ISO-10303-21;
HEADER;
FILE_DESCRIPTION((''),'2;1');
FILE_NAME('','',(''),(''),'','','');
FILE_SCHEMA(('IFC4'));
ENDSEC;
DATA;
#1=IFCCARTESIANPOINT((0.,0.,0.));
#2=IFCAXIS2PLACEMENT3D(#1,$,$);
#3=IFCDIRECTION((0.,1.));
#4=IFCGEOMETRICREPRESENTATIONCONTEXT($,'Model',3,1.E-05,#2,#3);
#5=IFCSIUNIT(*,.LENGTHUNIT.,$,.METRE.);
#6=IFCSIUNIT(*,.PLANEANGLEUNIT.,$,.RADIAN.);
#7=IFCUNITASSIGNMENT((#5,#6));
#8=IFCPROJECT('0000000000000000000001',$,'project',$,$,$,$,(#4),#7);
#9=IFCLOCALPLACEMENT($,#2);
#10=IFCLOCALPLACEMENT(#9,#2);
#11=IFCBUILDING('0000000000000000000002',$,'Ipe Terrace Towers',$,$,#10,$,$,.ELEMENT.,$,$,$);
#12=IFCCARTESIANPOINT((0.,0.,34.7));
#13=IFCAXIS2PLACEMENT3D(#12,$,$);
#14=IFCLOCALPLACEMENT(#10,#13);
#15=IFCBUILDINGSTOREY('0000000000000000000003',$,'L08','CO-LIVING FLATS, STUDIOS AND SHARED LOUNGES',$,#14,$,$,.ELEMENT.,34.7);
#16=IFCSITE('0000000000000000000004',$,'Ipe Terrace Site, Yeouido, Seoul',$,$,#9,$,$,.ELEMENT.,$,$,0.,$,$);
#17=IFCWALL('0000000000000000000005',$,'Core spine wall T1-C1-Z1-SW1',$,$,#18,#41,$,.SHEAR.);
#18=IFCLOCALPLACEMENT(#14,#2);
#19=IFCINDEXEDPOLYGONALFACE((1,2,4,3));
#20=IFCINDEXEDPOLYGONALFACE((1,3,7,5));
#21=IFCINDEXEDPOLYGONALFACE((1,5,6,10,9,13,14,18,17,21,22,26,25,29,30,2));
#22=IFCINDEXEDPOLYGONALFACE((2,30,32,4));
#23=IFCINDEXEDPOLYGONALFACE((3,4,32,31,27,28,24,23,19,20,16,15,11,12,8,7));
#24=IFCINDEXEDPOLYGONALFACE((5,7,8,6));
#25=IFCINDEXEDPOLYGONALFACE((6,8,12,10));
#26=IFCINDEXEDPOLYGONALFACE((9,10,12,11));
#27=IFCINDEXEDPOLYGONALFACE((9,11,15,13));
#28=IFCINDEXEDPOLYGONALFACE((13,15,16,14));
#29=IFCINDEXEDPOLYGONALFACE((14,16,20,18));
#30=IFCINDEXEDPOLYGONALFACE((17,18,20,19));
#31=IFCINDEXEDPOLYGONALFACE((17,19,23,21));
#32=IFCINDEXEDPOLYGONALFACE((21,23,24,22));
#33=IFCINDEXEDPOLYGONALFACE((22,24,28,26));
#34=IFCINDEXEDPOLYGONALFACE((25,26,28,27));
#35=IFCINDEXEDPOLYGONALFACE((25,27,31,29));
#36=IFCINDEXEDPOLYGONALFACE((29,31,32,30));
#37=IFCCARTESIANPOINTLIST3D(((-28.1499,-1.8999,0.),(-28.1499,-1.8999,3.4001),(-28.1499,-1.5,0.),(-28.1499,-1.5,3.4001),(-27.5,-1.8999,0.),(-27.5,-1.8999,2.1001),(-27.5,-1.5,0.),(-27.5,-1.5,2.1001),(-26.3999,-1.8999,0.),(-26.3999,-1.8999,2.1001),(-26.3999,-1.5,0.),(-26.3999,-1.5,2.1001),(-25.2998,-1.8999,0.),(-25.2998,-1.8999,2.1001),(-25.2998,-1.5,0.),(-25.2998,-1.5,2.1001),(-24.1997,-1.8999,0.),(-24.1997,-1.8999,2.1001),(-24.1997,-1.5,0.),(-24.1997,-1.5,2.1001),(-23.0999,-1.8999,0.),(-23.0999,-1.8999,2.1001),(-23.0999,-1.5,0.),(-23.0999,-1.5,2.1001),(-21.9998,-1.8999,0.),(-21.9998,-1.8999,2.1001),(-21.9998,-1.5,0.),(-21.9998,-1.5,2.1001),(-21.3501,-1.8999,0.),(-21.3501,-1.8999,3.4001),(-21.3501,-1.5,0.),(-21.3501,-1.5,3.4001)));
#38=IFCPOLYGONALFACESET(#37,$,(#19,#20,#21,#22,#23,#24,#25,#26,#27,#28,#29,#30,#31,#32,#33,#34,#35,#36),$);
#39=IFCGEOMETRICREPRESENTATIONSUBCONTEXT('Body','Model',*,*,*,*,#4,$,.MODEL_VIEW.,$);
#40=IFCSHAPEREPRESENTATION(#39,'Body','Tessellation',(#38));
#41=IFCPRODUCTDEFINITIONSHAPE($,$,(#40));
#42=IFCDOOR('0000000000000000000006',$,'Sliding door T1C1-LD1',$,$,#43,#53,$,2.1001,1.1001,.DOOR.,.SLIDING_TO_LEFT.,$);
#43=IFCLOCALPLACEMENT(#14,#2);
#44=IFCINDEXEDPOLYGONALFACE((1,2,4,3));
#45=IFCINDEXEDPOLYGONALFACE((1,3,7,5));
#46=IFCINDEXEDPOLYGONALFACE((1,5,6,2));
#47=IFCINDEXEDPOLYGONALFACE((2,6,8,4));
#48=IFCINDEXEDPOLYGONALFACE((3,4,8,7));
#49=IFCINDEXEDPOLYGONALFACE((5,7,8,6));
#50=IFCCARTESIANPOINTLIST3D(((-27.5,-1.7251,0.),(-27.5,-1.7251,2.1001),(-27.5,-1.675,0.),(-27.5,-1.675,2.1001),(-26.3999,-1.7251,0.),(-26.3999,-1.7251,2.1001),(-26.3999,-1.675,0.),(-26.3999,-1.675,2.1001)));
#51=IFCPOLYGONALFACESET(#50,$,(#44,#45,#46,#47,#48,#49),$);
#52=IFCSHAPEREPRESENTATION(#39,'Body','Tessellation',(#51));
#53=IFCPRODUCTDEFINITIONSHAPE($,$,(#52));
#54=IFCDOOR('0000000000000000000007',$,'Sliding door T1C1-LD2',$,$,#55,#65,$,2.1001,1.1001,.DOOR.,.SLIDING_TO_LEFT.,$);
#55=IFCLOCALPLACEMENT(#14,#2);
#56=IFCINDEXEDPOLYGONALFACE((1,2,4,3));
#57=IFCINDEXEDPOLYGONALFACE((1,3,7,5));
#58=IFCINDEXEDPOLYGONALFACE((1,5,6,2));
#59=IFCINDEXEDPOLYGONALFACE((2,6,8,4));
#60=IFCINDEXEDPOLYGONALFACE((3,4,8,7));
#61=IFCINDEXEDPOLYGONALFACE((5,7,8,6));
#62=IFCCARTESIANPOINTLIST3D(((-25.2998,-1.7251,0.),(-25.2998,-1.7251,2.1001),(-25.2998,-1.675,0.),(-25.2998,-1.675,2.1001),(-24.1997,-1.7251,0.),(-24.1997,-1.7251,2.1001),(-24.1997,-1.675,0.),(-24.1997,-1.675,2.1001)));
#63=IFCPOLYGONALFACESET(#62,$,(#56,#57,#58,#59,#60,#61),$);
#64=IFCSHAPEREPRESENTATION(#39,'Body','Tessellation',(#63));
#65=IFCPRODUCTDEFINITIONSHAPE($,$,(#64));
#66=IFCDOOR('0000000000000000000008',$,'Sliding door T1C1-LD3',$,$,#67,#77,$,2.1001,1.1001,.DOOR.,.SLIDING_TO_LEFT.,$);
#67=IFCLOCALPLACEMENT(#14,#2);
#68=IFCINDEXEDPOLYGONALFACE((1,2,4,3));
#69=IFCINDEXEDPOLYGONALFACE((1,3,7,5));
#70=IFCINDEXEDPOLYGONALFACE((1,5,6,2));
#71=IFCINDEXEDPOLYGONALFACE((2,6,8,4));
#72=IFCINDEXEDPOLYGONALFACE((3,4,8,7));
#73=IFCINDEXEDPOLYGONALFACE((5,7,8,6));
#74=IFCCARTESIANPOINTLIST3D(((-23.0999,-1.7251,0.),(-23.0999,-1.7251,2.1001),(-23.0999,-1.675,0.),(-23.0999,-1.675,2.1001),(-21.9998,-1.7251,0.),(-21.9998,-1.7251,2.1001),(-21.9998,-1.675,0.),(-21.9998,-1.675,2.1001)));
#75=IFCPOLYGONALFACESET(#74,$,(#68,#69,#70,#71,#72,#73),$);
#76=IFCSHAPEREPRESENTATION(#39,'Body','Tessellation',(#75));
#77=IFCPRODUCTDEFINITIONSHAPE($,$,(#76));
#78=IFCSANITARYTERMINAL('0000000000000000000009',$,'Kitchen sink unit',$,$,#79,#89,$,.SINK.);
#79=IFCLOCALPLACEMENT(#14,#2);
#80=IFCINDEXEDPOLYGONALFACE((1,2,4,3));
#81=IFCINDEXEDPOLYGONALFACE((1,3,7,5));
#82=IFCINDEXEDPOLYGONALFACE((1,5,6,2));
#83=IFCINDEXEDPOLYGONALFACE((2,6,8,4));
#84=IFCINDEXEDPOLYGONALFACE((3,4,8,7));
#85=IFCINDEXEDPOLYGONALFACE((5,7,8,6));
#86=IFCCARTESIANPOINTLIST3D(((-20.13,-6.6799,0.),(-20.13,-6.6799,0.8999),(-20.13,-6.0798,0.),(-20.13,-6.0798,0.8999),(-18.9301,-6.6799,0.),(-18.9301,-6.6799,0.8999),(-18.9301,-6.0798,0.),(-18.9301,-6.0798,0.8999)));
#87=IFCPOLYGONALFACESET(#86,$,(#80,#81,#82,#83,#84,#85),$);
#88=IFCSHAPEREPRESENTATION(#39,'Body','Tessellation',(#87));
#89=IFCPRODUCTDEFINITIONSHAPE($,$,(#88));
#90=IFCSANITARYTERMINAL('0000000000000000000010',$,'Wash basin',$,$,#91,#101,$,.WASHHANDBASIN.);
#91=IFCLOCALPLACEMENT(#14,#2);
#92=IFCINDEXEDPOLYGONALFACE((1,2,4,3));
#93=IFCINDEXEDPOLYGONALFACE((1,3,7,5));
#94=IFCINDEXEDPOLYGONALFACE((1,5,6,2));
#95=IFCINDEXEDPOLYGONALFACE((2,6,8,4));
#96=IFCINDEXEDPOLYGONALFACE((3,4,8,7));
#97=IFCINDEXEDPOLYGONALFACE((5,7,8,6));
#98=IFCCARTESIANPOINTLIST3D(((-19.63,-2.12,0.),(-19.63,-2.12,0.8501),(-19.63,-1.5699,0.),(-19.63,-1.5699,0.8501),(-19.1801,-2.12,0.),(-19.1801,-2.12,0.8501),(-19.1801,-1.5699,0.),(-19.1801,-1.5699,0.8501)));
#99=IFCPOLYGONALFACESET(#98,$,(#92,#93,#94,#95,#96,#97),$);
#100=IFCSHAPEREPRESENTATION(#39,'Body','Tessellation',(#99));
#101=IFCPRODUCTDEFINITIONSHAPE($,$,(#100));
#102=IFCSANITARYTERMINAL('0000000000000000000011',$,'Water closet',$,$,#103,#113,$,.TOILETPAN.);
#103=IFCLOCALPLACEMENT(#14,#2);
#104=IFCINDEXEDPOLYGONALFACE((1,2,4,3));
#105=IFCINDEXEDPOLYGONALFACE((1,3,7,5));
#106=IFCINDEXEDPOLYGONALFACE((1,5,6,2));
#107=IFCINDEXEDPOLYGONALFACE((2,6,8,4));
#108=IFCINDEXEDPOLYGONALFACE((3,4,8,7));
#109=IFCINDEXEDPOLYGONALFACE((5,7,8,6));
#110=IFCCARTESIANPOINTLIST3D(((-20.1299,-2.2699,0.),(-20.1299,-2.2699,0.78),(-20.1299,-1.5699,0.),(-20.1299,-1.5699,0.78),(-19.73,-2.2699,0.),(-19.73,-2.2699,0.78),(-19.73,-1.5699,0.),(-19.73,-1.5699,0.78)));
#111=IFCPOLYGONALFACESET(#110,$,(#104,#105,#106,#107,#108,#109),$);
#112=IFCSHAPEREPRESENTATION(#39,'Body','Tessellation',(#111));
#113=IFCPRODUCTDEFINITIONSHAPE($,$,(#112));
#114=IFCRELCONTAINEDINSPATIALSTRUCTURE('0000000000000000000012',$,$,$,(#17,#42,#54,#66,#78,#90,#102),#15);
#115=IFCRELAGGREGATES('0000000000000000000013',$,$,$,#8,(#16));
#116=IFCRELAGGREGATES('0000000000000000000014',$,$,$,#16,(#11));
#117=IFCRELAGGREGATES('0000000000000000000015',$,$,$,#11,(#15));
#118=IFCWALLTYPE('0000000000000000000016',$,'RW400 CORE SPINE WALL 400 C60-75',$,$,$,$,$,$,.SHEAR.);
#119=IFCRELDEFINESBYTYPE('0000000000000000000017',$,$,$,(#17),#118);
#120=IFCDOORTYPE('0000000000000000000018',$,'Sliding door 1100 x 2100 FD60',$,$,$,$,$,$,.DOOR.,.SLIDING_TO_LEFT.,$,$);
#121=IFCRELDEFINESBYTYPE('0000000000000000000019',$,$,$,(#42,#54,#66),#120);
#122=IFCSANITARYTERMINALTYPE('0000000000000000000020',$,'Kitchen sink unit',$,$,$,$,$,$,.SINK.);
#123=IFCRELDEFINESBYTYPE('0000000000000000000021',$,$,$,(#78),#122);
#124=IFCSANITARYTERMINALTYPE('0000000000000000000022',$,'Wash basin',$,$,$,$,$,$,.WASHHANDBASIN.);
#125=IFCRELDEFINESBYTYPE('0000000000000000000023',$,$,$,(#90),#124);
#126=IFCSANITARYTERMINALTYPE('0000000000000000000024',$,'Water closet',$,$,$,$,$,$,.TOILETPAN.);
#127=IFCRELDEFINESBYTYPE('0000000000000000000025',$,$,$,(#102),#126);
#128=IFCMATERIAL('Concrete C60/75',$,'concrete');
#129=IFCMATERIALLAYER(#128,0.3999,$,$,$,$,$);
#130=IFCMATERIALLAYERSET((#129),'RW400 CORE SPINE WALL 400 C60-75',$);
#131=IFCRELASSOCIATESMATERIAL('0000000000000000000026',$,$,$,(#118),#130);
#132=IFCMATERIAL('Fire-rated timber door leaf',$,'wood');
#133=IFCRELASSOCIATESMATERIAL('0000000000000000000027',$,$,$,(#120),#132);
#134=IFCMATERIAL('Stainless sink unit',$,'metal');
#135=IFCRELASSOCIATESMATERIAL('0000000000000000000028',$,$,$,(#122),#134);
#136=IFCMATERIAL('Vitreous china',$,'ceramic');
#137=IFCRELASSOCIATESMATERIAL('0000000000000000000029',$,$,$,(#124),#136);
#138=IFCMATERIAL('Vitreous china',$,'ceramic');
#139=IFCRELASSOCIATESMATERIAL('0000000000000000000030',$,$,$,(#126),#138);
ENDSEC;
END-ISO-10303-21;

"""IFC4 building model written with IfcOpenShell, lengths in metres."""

from ifc_helpers import new_model, si_unit, direction, frame, frame_2d, origin, origin_2d, place, context, subcontext, project, spatial, rectangle, extrude, material, layer, layer_set, type_object, element, fill, save


model = new_model("IFC4")

# Units and contexts
model_context = context("Model", 3, precision=1e-05, world=origin(), true_north=direction((0.0, 1.0)))
body_context = subcontext(model_context, "Body", "Model", "MODEL_VIEW")
ifc_project = project(units=[si_unit("LENGTHUNIT", "METRE"), si_unit("PLANEANGLEUNIT", "RADIAN")], contexts=[model_context])

# Site, building, storey
site_placement = place(None, origin())
site = spatial("IfcSite", under=ifc_project, at=site_placement, Name="Ipe Terrace Site, Yeouido, Seoul", CompositionType="ELEMENT", RefElevation=0.0)
building_placement = place(site_placement, origin())
building = spatial("IfcBuilding", under=site, at=building_placement, Name="Ipe Terrace Towers", CompositionType="ELEMENT")
storey_placement = place(building_placement, frame((0.0, 0.0, 34.7)))
storey = spatial("IfcBuildingStorey", under=building, at=storey_placement, Name="L08", Description="CO-LIVING FLATS, STUDIOS AND SHARED LOUNGES", CompositionType="ELEMENT", Elevation=34.7)

# Wall, openings, doors
ifc_material_1 = material(Name="Concrete C60/75", Category="concrete")
ifc_layer_1 = layer(ifc_material_1, 0.3999)
ifc_layer_set_1 = layer_set([ifc_layer_1], Name="RW400 CORE SPINE WALL 400 C60-75")
wall_type_1 = type_object("IfcWallType", Name="RW400 CORE SPINE WALL 400 C60-75", PredefinedType="SHEAR", material=ifc_layer_set_1)
wall_1_placement = place(storey_placement, frame((-28.1499, -1.7, 0.0), z_axis=(0.0, 0.0, 1.0), x_axis=(1.0, 0.0, 0.0)))
wall_1 = element("IfcWall", 1, at=wall_1_placement, inside=storey, type_object=wall_type_1, Name="Core spine wall T1-C1-Z1-SW1", PredefinedType="SHEAR", context=body_context, shape_type="SweptSolid", body=[
    extrude(rectangle(XDim=6.7998, YDim=0.3999, at=frame_2d((3.3999, 0.0))), origin(), (0.0, 0.0, 1.0), 3.4001),
])
opening_1_placement = place(wall_1_placement, frame((0.6499, 0.0, 0.0)))
opening_1 = element("IfcOpeningElement", 2, at=opening_1_placement, cuts=wall_1, PredefinedType="OPENING", context=body_context, shape_type="SweptSolid", body=[
    extrude(rectangle(XDim=1.1001, YDim=2.1001, at=frame_2d((0.55, 1.05))), frame((0.0, 0.21, 0.0), z_axis=(0.0, -1.0, 0.0), x_axis=(1.0, 0.0, 0.0)), (0.0, 0.0, 1.0), 0.4199),
])
opening_2_placement = place(wall_1_placement, frame((2.8501, 0.0, 0.0)))
opening_2 = element("IfcOpeningElement", 3, at=opening_2_placement, cuts=wall_1, PredefinedType="OPENING", context=body_context, shape_type="SweptSolid", body=[
    extrude(rectangle(XDim=1.1001, YDim=2.1001, at=frame_2d((0.55, 1.05))), frame((0.0, 0.21, 0.0), z_axis=(0.0, -1.0, 0.0), x_axis=(1.0, 0.0, 0.0)), (0.0, 0.0, 1.0), 0.4199),
])
opening_3_placement = place(wall_1_placement, frame((5.05, 0.0, 0.0)))
opening_3 = element("IfcOpeningElement", 4, at=opening_3_placement, cuts=wall_1, PredefinedType="OPENING", context=body_context, shape_type="SweptSolid", body=[
    extrude(rectangle(XDim=1.1001, YDim=2.1001, at=frame_2d((0.55, 1.05))), frame((0.0, 0.21, 0.0), z_axis=(0.0, -1.0, 0.0), x_axis=(1.0, 0.0, 0.0)), (0.0, 0.0, 1.0), 0.4199),
])
ifc_material_2 = material(Name="Fire-rated timber door leaf", Category="wood")
door_type_1 = type_object("IfcDoorType", Name="Sliding door 1100 x 2100 FD60", OperationType="SLIDING_TO_LEFT", PredefinedType="DOOR", material=ifc_material_2)
door_1_placement = place(opening_1_placement, origin())
door_1 = element("IfcDoor", 5, at=door_1_placement, inside=storey, type_object=door_type_1, Name="Sliding door T1C1-LD1", OperationType="SLIDING_TO_LEFT", OverallHeight=2.1001, OverallWidth=1.1001, PredefinedType="DOOR", context=body_context, shape_type="SweptSolid", body=[
    extrude(rectangle(XDim=1.1001, YDim=2.1001, at=frame_2d((0.55, 1.05))), frame((0.0, 0.0249, 0.0), z_axis=(0.0, -1.0, 0.0), x_axis=(1.0, 0.0, 0.0)), (0.0, 0.0, 1.0), 0.05),
])
fill(opening_1, door_1)
door_2_placement = place(opening_2_placement, origin())
door_2 = element("IfcDoor", 6, at=door_2_placement, inside=storey, type_object=door_type_1, Name="Sliding door T1C1-LD2", OperationType="SLIDING_TO_LEFT", OverallHeight=2.1001, OverallWidth=1.1001, PredefinedType="DOOR", context=body_context, shape_type="SweptSolid", body=[
    extrude(rectangle(XDim=1.1001, YDim=2.1001, at=frame_2d((0.55, 1.05))), frame((0.0, 0.0249, 0.0), z_axis=(0.0, -1.0, 0.0), x_axis=(1.0, 0.0, 0.0)), (0.0, 0.0, 1.0), 0.05),
])
fill(opening_2, door_2)
door_3_placement = place(opening_3_placement, origin())
door_3 = element("IfcDoor", 7, at=door_3_placement, inside=storey, type_object=door_type_1, Name="Sliding door T1C1-LD3", OperationType="SLIDING_TO_LEFT", OverallHeight=2.1001, OverallWidth=1.1001, PredefinedType="DOOR", context=body_context, shape_type="SweptSolid", body=[
    extrude(rectangle(XDim=1.1001, YDim=2.1001, at=frame_2d((0.55, 1.05))), frame((0.0, 0.0249, 0.0), z_axis=(0.0, -1.0, 0.0), x_axis=(1.0, 0.0, 0.0)), (0.0, 0.0, 1.0), 0.05),
])
fill(opening_3, door_3)

# Sanitary terminals
ifc_material_3 = material(Name="Stainless sink unit", Category="metal")
sanitary_terminal_type_1 = type_object("IfcSanitaryTerminalType", Name="Kitchen sink unit", PredefinedType="SINK", material=ifc_material_3)
sanitary_terminal_1_placement = place(storey_placement, frame((-19.53, -6.3799, 0.0), z_axis=(0.0, 0.0, 1.0), x_axis=(-1.0, 0.0, 0.0)))
element("IfcSanitaryTerminal", 8, at=sanitary_terminal_1_placement, inside=storey, type_object=sanitary_terminal_type_1, Name="Kitchen sink unit", PredefinedType="SINK", context=body_context, shape_type="SweptSolid", body=[
    extrude(rectangle(XDim=1.2, YDim=0.6001, at=origin_2d()), origin(), (0.0, 0.0, 1.0), 0.8999),
])
ifc_material_4 = material(Name="Vitreous china", Category="ceramic")
sanitary_terminal_type_2 = type_object("IfcSanitaryTerminalType", Name="Wash basin", PredefinedType="WASHHANDBASIN", material=ifc_material_4)
sanitary_terminal_2_placement = place(storey_placement, frame((-19.405, -1.845, 0.0), z_axis=(0.0, 0.0, 1.0), x_axis=(0.0, -1.0, 0.0)))
element("IfcSanitaryTerminal", 9, at=sanitary_terminal_2_placement, inside=storey, type_object=sanitary_terminal_type_2, Name="Wash basin", PredefinedType="WASHHANDBASIN", context=body_context, shape_type="SweptSolid", body=[
    extrude(rectangle(XDim=0.55, YDim=0.45, at=origin_2d()), origin(), (0.0, 0.0, 1.0), 0.8501),
])
ifc_material_5 = material(Name="Vitreous china", Category="ceramic")
sanitary_terminal_type_3 = type_object("IfcSanitaryTerminalType", Name="Water closet", PredefinedType="TOILETPAN", material=ifc_material_5)
sanitary_terminal_3_placement = place(storey_placement, frame((-19.9299, -1.9199, 0.0), z_axis=(0.0, 0.0, 1.0), x_axis=(0.0, -1.0, 0.0)))
element("IfcSanitaryTerminal", 10, at=sanitary_terminal_3_placement, inside=storey, type_object=sanitary_terminal_type_3, Name="Water closet", PredefinedType="TOILETPAN", context=body_context, shape_type="SweptSolid", body=[
    extrude(rectangle(XDim=0.7, YDim=0.3999, at=origin_2d()), origin(), (0.0, 0.0, 1.0), 0.78),
])

save(model, "model.ifc")
